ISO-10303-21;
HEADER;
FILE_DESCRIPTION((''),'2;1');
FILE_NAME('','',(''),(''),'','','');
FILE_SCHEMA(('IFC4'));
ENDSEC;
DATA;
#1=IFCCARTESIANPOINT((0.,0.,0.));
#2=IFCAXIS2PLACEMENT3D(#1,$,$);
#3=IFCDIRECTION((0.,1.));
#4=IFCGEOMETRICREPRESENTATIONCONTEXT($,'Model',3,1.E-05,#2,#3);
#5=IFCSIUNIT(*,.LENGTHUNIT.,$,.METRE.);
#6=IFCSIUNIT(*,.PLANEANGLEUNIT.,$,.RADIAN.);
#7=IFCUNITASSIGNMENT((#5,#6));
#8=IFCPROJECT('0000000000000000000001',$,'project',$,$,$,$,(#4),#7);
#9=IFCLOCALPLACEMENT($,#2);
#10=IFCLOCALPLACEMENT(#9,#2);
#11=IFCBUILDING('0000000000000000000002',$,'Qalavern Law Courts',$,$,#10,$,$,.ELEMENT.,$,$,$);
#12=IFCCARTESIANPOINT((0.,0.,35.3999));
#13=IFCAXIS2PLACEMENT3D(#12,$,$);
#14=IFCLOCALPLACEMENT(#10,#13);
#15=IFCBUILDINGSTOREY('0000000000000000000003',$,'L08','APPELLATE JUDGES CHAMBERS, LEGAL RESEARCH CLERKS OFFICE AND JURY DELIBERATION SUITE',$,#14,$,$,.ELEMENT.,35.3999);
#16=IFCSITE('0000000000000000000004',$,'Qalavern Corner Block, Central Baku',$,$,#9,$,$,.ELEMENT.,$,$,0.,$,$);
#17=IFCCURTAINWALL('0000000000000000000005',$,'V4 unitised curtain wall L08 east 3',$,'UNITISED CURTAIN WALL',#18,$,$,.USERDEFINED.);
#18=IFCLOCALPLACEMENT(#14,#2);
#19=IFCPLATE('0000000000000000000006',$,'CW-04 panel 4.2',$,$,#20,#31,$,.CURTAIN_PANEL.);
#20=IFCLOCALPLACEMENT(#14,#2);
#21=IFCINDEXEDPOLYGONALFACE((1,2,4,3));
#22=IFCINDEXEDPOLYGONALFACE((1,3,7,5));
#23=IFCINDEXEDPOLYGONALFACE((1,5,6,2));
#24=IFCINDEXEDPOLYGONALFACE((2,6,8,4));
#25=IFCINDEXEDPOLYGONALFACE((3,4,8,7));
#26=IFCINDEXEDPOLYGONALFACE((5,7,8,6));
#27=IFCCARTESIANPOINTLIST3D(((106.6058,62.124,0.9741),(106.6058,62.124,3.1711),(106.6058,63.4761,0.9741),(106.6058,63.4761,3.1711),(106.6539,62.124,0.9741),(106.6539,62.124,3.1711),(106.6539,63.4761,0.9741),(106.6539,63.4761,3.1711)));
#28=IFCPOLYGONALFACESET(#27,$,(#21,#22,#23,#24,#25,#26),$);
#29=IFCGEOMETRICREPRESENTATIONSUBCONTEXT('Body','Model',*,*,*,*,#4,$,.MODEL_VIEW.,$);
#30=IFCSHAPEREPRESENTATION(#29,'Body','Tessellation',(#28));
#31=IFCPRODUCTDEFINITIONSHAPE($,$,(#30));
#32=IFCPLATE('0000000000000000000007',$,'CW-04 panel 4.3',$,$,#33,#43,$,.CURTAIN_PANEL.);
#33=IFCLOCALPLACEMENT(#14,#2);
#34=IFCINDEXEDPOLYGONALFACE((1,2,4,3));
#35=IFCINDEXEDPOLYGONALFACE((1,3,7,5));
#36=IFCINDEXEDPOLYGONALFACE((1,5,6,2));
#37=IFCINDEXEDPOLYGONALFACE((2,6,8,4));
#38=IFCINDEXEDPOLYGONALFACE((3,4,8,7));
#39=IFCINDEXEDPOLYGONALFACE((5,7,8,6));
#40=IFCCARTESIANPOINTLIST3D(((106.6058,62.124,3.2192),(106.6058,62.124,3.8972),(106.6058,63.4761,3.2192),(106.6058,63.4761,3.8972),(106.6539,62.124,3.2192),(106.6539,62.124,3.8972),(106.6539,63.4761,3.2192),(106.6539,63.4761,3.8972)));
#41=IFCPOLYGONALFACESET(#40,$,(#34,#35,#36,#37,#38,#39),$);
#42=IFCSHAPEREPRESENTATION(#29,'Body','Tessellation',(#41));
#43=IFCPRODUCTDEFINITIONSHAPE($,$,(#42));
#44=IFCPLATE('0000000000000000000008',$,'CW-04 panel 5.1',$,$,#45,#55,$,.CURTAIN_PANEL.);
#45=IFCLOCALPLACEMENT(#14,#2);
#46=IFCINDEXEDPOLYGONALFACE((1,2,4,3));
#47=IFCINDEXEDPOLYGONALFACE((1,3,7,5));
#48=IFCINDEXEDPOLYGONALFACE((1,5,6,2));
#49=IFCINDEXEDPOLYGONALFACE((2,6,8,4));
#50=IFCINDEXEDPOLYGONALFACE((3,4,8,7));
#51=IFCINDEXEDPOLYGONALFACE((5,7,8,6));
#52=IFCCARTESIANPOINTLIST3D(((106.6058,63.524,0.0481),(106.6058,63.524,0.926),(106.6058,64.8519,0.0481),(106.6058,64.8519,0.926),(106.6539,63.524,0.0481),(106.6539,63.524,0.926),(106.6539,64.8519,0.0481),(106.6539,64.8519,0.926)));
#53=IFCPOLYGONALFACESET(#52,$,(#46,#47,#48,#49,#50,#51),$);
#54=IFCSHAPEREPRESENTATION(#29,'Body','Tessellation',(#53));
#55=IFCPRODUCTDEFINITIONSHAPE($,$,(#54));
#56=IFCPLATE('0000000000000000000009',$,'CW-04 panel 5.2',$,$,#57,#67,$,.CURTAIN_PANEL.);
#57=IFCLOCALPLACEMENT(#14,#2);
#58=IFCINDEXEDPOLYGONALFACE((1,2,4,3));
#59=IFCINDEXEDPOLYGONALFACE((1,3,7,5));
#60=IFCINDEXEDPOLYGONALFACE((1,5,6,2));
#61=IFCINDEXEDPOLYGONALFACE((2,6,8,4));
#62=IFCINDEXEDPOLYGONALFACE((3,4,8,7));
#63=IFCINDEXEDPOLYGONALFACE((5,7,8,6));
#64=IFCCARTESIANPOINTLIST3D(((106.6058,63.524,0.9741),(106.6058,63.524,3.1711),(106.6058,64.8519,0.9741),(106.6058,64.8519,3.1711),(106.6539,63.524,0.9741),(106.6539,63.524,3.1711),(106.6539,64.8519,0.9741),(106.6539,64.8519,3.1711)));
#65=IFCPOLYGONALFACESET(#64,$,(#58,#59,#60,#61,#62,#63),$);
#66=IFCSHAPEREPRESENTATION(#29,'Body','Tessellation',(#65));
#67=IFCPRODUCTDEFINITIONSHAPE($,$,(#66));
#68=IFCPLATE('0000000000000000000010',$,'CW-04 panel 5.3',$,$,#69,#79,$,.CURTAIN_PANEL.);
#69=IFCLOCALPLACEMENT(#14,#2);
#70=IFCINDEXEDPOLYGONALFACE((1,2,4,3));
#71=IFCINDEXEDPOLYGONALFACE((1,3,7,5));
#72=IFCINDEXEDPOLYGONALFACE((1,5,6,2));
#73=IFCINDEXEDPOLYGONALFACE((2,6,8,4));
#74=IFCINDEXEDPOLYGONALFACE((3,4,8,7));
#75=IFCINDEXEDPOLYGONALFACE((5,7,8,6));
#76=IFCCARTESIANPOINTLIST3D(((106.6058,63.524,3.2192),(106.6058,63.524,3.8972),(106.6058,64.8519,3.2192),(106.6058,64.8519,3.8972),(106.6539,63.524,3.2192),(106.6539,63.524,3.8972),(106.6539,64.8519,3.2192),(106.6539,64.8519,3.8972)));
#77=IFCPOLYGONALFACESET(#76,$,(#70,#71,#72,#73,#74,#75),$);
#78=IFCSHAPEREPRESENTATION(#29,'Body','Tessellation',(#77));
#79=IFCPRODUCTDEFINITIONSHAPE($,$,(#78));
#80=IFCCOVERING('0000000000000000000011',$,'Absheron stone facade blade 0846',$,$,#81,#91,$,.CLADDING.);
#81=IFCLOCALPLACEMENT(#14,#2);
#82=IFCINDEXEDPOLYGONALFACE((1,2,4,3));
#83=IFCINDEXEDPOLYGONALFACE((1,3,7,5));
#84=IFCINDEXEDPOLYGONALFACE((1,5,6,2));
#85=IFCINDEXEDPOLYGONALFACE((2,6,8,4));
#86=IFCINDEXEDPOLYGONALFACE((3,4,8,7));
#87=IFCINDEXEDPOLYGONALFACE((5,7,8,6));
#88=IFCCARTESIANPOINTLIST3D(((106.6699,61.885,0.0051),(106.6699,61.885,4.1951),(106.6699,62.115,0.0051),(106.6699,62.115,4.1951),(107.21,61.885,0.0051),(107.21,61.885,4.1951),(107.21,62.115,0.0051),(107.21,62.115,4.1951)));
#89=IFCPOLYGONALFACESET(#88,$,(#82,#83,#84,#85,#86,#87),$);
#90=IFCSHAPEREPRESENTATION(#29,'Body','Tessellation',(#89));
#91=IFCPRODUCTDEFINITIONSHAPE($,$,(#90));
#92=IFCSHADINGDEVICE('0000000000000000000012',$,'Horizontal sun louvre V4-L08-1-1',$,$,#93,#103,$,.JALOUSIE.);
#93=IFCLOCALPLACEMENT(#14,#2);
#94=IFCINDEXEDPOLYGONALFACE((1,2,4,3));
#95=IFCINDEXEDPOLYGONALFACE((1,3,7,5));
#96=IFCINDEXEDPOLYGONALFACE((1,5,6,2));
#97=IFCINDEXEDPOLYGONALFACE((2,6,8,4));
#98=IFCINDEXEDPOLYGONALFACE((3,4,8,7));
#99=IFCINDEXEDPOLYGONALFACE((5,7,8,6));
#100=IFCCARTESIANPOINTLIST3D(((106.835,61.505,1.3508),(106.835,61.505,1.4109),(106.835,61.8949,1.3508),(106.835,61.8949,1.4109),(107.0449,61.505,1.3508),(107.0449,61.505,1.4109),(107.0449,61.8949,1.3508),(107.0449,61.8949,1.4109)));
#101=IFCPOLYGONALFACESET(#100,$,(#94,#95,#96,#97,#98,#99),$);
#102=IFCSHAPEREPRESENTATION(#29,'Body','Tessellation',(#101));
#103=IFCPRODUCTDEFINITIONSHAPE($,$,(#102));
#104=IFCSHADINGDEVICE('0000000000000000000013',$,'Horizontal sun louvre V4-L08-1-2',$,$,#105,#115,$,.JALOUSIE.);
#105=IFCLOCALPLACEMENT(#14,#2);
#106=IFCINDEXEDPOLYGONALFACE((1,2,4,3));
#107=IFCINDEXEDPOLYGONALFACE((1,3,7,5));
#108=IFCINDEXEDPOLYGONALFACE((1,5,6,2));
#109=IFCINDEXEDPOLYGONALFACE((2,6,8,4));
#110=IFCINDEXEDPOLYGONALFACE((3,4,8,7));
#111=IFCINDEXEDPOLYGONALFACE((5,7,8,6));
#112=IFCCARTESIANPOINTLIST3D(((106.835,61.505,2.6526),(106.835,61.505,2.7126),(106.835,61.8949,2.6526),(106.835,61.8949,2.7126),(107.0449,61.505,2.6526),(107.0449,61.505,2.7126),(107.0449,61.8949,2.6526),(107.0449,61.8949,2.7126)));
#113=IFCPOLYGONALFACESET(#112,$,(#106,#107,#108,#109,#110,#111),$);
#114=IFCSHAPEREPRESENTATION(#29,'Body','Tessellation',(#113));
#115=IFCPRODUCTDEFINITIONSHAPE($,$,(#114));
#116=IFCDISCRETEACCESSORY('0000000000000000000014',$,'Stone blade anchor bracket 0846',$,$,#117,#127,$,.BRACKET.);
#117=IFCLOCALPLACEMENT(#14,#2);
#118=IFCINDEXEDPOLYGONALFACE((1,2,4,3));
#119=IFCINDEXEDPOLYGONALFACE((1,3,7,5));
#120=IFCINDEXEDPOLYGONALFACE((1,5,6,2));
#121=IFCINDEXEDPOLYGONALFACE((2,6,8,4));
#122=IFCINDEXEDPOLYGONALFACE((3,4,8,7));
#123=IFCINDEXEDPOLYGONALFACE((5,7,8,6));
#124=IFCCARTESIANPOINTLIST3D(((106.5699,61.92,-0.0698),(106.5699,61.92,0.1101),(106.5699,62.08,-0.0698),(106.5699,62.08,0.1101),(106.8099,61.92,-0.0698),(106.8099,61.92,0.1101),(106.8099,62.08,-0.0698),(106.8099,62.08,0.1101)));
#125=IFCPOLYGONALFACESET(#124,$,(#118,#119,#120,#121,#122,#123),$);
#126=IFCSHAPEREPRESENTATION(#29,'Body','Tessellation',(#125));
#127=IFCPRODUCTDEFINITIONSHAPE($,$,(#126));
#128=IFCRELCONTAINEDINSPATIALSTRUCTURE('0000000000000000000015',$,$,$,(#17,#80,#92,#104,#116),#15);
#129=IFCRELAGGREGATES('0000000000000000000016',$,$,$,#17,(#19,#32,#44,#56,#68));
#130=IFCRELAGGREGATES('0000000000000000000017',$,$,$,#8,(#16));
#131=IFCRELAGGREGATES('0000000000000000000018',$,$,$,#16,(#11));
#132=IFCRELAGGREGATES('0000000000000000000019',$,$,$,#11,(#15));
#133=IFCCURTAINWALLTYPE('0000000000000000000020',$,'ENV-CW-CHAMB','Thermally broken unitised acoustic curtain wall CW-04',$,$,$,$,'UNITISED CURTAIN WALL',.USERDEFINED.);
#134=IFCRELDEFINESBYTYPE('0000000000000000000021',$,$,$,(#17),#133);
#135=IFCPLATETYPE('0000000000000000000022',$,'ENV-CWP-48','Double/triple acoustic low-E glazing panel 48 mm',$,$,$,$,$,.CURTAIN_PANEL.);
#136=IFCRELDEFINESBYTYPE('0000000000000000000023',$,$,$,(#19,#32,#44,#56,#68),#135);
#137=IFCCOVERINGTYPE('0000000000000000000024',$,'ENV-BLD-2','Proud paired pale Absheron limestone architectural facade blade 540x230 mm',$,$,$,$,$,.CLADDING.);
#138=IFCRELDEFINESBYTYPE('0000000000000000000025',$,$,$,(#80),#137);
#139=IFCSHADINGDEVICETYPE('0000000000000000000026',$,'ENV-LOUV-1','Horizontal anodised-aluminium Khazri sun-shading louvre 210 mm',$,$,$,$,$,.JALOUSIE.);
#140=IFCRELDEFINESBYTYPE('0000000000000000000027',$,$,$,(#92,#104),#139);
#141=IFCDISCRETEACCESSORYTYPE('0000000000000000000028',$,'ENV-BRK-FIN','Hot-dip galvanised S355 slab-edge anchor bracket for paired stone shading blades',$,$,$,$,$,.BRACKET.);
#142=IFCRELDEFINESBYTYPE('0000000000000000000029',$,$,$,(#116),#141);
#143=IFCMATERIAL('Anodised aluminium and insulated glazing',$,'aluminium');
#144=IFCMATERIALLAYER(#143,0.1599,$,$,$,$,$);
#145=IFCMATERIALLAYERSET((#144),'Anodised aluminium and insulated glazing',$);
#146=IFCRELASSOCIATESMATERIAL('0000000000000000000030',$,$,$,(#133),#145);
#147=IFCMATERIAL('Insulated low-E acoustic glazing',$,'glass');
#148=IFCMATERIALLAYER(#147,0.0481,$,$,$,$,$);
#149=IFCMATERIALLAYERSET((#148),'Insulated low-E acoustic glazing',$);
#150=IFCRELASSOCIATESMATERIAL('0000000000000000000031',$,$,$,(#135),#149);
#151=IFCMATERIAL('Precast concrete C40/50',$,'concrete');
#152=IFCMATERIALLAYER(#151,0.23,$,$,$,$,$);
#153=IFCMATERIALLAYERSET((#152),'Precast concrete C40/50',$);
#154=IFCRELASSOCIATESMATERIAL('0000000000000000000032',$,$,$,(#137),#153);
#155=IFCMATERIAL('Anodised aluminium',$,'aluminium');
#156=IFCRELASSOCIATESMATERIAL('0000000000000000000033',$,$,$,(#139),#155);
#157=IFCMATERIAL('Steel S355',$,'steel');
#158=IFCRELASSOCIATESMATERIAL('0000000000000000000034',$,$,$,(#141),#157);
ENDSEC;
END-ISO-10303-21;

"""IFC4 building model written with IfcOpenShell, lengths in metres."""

from ifc_helpers import new_model, si_unit, direction, frame, origin, origin_2d, place, context, subcontext, project, spatial, rectangle, extrude, material, layer, layer_set, type_object, element, aggregate, save


model = new_model("IFC4")

# Units and contexts
model_context = context("Model", 3, precision=1e-05, world=origin(), true_north=direction((0.0, 1.0)))
body_context = subcontext(model_context, "Body", "Model", "MODEL_VIEW")
ifc_project = project(units=[si_unit("LENGTHUNIT", "METRE"), si_unit("PLANEANGLEUNIT", "RADIAN")], contexts=[model_context])

# Site, building, storey
site_placement = place(None, origin())
site = spatial("IfcSite", under=ifc_project, at=site_placement, Name="Qalavern Corner Block, Central Baku", CompositionType="ELEMENT", RefElevation=0.0)
building_placement = place(site_placement, origin())
building = spatial("IfcBuilding", under=site, at=building_placement, Name="Qalavern Law Courts", CompositionType="ELEMENT")
storey_placement = place(building_placement, frame((0.0, 0.0, 35.3999)))
storey = spatial("IfcBuildingStorey", under=building, at=storey_placement, Name="L08", Description="APPELLATE JUDGES CHAMBERS, LEGAL RESEARCH CLERKS OFFICE AND JURY DELIBERATION SUITE", CompositionType="ELEMENT", Elevation=35.3999)

# Curtain wall, plates
ifc_material_1 = material(Name="Anodised aluminium and insulated glazing", Category="aluminium")
ifc_layer_1 = layer(ifc_material_1, 0.1599)
ifc_layer_set_1 = layer_set([ifc_layer_1], Name="Anodised aluminium and insulated glazing")
curtain_wall_type = type_object("IfcCurtainWallType", Name="ENV-CW-CHAMB", Description="Thermally broken unitised acoustic curtain wall CW-04", ElementType="UNITISED CURTAIN WALL", PredefinedType="USERDEFINED", material=ifc_layer_set_1)
curtain_wall_placement = place(storey_placement, origin())
curtain_wall = element("IfcCurtainWall", 1, at=curtain_wall_placement, inside=storey, type_object=curtain_wall_type, Name="V4 unitised curtain wall L08 east 3", ObjectType="UNITISED CURTAIN WALL", PredefinedType="USERDEFINED")
ifc_material_2 = material(Name="Anodised aluminium", Category="aluminium")
ifc_material_3 = material(Name="Insulated low-E acoustic glazing", Category="glass")
ifc_layer_2 = layer(ifc_material_3, 0.0481)
ifc_layer_set_2 = layer_set([ifc_layer_2], Name="Insulated low-E acoustic glazing")
plate_type = type_object("IfcPlateType", Name="ENV-CWP-48", Description="Double/triple acoustic low-E glazing panel 48 mm", PredefinedType="CURTAIN_PANEL", material=ifc_layer_set_2)
plate_1_placement = place(storey_placement, frame((106.6299, 62.8, 0.9741), z_axis=(0.0, 0.0, 1.0), x_axis=(0.0, 1.0, 0.0)))
plate_1 = element("IfcPlate", 2, at=plate_1_placement, type_object=plate_type, Name="CW-04 panel 4.2", PredefinedType="CURTAIN_PANEL", context=body_context, shape_type="SweptSolid", body=[
    extrude(rectangle(XDim=1.3521, YDim=0.0481, at=origin_2d()), origin(), (0.0, 0.0, 1.0), 2.197),
])
plate_2_placement = place(storey_placement, frame((106.6299, 62.8, 3.2192), z_axis=(0.0, 0.0, 1.0), x_axis=(0.0, 1.0, 0.0)))
plate_2 = element("IfcPlate", 3, at=plate_2_placement, type_object=plate_type, Name="CW-04 panel 4.3", PredefinedType="CURTAIN_PANEL", context=body_context, shape_type="SweptSolid", body=[
    extrude(rectangle(XDim=1.3521, YDim=0.0481, at=origin_2d()), origin(), (0.0, 0.0, 1.0), 0.678),
])
plate_3_placement = place(storey_placement, frame((106.6299, 64.188, 0.0481), z_axis=(0.0, 0.0, 1.0), x_axis=(0.0, 1.0, 0.0)))
plate_3 = element("IfcPlate", 4, at=plate_3_placement, type_object=plate_type, Name="CW-04 panel 5.1", PredefinedType="CURTAIN_PANEL", context=body_context, shape_type="SweptSolid", body=[
    extrude(rectangle(XDim=1.3279, YDim=0.0481, at=origin_2d()), origin(), (0.0, 0.0, 1.0), 0.8779),
])
plate_4_placement = place(storey_placement, frame((106.6299, 64.188, 0.9741), z_axis=(0.0, 0.0, 1.0), x_axis=(0.0, 1.0, 0.0)))
plate_4 = element("IfcPlate", 5, at=plate_4_placement, type_object=plate_type, Name="CW-04 panel 5.2", PredefinedType="CURTAIN_PANEL", context=body_context, shape_type="SweptSolid", body=[
    extrude(rectangle(XDim=1.3279, YDim=0.0481, at=origin_2d()), origin(), (0.0, 0.0, 1.0), 2.197),
])
plate_5_placement = place(storey_placement, frame((106.6299, 64.188, 3.2192), z_axis=(0.0, 0.0, 1.0), x_axis=(0.0, 1.0, 0.0)))
plate_5 = element("IfcPlate", 6, at=plate_5_placement, type_object=plate_type, Name="CW-04 panel 5.3", PredefinedType="CURTAIN_PANEL", context=body_context, shape_type="SweptSolid", body=[
    extrude(rectangle(XDim=1.3279, YDim=0.0481, at=origin_2d()), origin(), (0.0, 0.0, 1.0), 0.678),
])
aggregate(curtain_wall, [plate_1, plate_2, plate_3, plate_4, plate_5])

# Covering
ifc_material_4 = material(Name="Precast concrete C40/50", Category="concrete")
ifc_layer_3 = layer(ifc_material_4, 0.23)
ifc_layer_set_3 = layer_set([ifc_layer_3], Name="Precast concrete C40/50")
covering_type = type_object("IfcCoveringType", Name="ENV-BLD-2", Description="Proud paired pale Absheron limestone architectural facade blade 540x230 mm", PredefinedType="CLADDING", material=ifc_layer_set_3)
covering_placement = place(storey_placement, frame((106.9399, 62.0, 0.0051), z_axis=(0.0, 0.0, 1.0), x_axis=(1.0, 0.0, 0.0)))
element("IfcCovering", 7, at=covering_placement, inside=storey, type_object=covering_type, Name="Absheron stone facade blade 0846", PredefinedType="CLADDING", context=body_context, shape_type="SweptSolid", body=[
    extrude(rectangle(XDim=0.54, YDim=0.23, at=origin_2d()), origin(), (0.0, 0.0, 1.0), 4.1899),
])

# Shading devices
shading_device_type = type_object("IfcShadingDeviceType", Name="ENV-LOUV-1", Description="Horizontal anodised-aluminium Khazri sun-shading louvre 210 mm", PredefinedType="JALOUSIE", material=ifc_material_2)
for number, where, z_axis, x_axis, name in (
    (8, (106.9399, 61.7, 1.3508), (0.0, 0.0, 1.0), (0.0, 1.0, 0.0), "Horizontal sun louvre V4-L08-1-1"),
    (9, (106.9399, 61.7, 2.6526), (0.0, 0.0, 1.0), (0.0, 1.0, 0.0), "Horizontal sun louvre V4-L08-1-2"),
):
    element("IfcShadingDevice", number, at=place(storey_placement, frame(where, z_axis=z_axis, x_axis=x_axis)), inside=storey, type_object=shading_device_type, Name=name, PredefinedType="JALOUSIE", context=body_context, shape_type="SweptSolid", body=[
        extrude(rectangle(XDim=0.3899, YDim=0.21, at=origin_2d()), origin(), (0.0, 0.0, 1.0), 0.0601),
    ])

# Discrete accessory
ifc_material_5 = material(Name="Steel S355", Category="steel")
discrete_accessory_type = type_object("IfcDiscreteAccessoryType", Name="ENV-BRK-FIN", Description="Hot-dip galvanised S355 slab-edge anchor bracket for paired stone shading blades", PredefinedType="BRACKET", material=ifc_material_5)
discrete_accessory_placement = place(storey_placement, frame((106.6899, 62.0, -0.0698), z_axis=(0.0, 0.0, 1.0), x_axis=(1.0, 0.0, 0.0)))
element("IfcDiscreteAccessory", 10, at=discrete_accessory_placement, inside=storey, type_object=discrete_accessory_type, Name="Stone blade anchor bracket 0846", PredefinedType="BRACKET", context=body_context, shape_type="SweptSolid", body=[
    extrude(rectangle(XDim=0.24, YDim=0.1599, at=origin_2d()), origin(), (0.0, 0.0, 1.0), 0.1799),
])

save(model, "model.ifc")
